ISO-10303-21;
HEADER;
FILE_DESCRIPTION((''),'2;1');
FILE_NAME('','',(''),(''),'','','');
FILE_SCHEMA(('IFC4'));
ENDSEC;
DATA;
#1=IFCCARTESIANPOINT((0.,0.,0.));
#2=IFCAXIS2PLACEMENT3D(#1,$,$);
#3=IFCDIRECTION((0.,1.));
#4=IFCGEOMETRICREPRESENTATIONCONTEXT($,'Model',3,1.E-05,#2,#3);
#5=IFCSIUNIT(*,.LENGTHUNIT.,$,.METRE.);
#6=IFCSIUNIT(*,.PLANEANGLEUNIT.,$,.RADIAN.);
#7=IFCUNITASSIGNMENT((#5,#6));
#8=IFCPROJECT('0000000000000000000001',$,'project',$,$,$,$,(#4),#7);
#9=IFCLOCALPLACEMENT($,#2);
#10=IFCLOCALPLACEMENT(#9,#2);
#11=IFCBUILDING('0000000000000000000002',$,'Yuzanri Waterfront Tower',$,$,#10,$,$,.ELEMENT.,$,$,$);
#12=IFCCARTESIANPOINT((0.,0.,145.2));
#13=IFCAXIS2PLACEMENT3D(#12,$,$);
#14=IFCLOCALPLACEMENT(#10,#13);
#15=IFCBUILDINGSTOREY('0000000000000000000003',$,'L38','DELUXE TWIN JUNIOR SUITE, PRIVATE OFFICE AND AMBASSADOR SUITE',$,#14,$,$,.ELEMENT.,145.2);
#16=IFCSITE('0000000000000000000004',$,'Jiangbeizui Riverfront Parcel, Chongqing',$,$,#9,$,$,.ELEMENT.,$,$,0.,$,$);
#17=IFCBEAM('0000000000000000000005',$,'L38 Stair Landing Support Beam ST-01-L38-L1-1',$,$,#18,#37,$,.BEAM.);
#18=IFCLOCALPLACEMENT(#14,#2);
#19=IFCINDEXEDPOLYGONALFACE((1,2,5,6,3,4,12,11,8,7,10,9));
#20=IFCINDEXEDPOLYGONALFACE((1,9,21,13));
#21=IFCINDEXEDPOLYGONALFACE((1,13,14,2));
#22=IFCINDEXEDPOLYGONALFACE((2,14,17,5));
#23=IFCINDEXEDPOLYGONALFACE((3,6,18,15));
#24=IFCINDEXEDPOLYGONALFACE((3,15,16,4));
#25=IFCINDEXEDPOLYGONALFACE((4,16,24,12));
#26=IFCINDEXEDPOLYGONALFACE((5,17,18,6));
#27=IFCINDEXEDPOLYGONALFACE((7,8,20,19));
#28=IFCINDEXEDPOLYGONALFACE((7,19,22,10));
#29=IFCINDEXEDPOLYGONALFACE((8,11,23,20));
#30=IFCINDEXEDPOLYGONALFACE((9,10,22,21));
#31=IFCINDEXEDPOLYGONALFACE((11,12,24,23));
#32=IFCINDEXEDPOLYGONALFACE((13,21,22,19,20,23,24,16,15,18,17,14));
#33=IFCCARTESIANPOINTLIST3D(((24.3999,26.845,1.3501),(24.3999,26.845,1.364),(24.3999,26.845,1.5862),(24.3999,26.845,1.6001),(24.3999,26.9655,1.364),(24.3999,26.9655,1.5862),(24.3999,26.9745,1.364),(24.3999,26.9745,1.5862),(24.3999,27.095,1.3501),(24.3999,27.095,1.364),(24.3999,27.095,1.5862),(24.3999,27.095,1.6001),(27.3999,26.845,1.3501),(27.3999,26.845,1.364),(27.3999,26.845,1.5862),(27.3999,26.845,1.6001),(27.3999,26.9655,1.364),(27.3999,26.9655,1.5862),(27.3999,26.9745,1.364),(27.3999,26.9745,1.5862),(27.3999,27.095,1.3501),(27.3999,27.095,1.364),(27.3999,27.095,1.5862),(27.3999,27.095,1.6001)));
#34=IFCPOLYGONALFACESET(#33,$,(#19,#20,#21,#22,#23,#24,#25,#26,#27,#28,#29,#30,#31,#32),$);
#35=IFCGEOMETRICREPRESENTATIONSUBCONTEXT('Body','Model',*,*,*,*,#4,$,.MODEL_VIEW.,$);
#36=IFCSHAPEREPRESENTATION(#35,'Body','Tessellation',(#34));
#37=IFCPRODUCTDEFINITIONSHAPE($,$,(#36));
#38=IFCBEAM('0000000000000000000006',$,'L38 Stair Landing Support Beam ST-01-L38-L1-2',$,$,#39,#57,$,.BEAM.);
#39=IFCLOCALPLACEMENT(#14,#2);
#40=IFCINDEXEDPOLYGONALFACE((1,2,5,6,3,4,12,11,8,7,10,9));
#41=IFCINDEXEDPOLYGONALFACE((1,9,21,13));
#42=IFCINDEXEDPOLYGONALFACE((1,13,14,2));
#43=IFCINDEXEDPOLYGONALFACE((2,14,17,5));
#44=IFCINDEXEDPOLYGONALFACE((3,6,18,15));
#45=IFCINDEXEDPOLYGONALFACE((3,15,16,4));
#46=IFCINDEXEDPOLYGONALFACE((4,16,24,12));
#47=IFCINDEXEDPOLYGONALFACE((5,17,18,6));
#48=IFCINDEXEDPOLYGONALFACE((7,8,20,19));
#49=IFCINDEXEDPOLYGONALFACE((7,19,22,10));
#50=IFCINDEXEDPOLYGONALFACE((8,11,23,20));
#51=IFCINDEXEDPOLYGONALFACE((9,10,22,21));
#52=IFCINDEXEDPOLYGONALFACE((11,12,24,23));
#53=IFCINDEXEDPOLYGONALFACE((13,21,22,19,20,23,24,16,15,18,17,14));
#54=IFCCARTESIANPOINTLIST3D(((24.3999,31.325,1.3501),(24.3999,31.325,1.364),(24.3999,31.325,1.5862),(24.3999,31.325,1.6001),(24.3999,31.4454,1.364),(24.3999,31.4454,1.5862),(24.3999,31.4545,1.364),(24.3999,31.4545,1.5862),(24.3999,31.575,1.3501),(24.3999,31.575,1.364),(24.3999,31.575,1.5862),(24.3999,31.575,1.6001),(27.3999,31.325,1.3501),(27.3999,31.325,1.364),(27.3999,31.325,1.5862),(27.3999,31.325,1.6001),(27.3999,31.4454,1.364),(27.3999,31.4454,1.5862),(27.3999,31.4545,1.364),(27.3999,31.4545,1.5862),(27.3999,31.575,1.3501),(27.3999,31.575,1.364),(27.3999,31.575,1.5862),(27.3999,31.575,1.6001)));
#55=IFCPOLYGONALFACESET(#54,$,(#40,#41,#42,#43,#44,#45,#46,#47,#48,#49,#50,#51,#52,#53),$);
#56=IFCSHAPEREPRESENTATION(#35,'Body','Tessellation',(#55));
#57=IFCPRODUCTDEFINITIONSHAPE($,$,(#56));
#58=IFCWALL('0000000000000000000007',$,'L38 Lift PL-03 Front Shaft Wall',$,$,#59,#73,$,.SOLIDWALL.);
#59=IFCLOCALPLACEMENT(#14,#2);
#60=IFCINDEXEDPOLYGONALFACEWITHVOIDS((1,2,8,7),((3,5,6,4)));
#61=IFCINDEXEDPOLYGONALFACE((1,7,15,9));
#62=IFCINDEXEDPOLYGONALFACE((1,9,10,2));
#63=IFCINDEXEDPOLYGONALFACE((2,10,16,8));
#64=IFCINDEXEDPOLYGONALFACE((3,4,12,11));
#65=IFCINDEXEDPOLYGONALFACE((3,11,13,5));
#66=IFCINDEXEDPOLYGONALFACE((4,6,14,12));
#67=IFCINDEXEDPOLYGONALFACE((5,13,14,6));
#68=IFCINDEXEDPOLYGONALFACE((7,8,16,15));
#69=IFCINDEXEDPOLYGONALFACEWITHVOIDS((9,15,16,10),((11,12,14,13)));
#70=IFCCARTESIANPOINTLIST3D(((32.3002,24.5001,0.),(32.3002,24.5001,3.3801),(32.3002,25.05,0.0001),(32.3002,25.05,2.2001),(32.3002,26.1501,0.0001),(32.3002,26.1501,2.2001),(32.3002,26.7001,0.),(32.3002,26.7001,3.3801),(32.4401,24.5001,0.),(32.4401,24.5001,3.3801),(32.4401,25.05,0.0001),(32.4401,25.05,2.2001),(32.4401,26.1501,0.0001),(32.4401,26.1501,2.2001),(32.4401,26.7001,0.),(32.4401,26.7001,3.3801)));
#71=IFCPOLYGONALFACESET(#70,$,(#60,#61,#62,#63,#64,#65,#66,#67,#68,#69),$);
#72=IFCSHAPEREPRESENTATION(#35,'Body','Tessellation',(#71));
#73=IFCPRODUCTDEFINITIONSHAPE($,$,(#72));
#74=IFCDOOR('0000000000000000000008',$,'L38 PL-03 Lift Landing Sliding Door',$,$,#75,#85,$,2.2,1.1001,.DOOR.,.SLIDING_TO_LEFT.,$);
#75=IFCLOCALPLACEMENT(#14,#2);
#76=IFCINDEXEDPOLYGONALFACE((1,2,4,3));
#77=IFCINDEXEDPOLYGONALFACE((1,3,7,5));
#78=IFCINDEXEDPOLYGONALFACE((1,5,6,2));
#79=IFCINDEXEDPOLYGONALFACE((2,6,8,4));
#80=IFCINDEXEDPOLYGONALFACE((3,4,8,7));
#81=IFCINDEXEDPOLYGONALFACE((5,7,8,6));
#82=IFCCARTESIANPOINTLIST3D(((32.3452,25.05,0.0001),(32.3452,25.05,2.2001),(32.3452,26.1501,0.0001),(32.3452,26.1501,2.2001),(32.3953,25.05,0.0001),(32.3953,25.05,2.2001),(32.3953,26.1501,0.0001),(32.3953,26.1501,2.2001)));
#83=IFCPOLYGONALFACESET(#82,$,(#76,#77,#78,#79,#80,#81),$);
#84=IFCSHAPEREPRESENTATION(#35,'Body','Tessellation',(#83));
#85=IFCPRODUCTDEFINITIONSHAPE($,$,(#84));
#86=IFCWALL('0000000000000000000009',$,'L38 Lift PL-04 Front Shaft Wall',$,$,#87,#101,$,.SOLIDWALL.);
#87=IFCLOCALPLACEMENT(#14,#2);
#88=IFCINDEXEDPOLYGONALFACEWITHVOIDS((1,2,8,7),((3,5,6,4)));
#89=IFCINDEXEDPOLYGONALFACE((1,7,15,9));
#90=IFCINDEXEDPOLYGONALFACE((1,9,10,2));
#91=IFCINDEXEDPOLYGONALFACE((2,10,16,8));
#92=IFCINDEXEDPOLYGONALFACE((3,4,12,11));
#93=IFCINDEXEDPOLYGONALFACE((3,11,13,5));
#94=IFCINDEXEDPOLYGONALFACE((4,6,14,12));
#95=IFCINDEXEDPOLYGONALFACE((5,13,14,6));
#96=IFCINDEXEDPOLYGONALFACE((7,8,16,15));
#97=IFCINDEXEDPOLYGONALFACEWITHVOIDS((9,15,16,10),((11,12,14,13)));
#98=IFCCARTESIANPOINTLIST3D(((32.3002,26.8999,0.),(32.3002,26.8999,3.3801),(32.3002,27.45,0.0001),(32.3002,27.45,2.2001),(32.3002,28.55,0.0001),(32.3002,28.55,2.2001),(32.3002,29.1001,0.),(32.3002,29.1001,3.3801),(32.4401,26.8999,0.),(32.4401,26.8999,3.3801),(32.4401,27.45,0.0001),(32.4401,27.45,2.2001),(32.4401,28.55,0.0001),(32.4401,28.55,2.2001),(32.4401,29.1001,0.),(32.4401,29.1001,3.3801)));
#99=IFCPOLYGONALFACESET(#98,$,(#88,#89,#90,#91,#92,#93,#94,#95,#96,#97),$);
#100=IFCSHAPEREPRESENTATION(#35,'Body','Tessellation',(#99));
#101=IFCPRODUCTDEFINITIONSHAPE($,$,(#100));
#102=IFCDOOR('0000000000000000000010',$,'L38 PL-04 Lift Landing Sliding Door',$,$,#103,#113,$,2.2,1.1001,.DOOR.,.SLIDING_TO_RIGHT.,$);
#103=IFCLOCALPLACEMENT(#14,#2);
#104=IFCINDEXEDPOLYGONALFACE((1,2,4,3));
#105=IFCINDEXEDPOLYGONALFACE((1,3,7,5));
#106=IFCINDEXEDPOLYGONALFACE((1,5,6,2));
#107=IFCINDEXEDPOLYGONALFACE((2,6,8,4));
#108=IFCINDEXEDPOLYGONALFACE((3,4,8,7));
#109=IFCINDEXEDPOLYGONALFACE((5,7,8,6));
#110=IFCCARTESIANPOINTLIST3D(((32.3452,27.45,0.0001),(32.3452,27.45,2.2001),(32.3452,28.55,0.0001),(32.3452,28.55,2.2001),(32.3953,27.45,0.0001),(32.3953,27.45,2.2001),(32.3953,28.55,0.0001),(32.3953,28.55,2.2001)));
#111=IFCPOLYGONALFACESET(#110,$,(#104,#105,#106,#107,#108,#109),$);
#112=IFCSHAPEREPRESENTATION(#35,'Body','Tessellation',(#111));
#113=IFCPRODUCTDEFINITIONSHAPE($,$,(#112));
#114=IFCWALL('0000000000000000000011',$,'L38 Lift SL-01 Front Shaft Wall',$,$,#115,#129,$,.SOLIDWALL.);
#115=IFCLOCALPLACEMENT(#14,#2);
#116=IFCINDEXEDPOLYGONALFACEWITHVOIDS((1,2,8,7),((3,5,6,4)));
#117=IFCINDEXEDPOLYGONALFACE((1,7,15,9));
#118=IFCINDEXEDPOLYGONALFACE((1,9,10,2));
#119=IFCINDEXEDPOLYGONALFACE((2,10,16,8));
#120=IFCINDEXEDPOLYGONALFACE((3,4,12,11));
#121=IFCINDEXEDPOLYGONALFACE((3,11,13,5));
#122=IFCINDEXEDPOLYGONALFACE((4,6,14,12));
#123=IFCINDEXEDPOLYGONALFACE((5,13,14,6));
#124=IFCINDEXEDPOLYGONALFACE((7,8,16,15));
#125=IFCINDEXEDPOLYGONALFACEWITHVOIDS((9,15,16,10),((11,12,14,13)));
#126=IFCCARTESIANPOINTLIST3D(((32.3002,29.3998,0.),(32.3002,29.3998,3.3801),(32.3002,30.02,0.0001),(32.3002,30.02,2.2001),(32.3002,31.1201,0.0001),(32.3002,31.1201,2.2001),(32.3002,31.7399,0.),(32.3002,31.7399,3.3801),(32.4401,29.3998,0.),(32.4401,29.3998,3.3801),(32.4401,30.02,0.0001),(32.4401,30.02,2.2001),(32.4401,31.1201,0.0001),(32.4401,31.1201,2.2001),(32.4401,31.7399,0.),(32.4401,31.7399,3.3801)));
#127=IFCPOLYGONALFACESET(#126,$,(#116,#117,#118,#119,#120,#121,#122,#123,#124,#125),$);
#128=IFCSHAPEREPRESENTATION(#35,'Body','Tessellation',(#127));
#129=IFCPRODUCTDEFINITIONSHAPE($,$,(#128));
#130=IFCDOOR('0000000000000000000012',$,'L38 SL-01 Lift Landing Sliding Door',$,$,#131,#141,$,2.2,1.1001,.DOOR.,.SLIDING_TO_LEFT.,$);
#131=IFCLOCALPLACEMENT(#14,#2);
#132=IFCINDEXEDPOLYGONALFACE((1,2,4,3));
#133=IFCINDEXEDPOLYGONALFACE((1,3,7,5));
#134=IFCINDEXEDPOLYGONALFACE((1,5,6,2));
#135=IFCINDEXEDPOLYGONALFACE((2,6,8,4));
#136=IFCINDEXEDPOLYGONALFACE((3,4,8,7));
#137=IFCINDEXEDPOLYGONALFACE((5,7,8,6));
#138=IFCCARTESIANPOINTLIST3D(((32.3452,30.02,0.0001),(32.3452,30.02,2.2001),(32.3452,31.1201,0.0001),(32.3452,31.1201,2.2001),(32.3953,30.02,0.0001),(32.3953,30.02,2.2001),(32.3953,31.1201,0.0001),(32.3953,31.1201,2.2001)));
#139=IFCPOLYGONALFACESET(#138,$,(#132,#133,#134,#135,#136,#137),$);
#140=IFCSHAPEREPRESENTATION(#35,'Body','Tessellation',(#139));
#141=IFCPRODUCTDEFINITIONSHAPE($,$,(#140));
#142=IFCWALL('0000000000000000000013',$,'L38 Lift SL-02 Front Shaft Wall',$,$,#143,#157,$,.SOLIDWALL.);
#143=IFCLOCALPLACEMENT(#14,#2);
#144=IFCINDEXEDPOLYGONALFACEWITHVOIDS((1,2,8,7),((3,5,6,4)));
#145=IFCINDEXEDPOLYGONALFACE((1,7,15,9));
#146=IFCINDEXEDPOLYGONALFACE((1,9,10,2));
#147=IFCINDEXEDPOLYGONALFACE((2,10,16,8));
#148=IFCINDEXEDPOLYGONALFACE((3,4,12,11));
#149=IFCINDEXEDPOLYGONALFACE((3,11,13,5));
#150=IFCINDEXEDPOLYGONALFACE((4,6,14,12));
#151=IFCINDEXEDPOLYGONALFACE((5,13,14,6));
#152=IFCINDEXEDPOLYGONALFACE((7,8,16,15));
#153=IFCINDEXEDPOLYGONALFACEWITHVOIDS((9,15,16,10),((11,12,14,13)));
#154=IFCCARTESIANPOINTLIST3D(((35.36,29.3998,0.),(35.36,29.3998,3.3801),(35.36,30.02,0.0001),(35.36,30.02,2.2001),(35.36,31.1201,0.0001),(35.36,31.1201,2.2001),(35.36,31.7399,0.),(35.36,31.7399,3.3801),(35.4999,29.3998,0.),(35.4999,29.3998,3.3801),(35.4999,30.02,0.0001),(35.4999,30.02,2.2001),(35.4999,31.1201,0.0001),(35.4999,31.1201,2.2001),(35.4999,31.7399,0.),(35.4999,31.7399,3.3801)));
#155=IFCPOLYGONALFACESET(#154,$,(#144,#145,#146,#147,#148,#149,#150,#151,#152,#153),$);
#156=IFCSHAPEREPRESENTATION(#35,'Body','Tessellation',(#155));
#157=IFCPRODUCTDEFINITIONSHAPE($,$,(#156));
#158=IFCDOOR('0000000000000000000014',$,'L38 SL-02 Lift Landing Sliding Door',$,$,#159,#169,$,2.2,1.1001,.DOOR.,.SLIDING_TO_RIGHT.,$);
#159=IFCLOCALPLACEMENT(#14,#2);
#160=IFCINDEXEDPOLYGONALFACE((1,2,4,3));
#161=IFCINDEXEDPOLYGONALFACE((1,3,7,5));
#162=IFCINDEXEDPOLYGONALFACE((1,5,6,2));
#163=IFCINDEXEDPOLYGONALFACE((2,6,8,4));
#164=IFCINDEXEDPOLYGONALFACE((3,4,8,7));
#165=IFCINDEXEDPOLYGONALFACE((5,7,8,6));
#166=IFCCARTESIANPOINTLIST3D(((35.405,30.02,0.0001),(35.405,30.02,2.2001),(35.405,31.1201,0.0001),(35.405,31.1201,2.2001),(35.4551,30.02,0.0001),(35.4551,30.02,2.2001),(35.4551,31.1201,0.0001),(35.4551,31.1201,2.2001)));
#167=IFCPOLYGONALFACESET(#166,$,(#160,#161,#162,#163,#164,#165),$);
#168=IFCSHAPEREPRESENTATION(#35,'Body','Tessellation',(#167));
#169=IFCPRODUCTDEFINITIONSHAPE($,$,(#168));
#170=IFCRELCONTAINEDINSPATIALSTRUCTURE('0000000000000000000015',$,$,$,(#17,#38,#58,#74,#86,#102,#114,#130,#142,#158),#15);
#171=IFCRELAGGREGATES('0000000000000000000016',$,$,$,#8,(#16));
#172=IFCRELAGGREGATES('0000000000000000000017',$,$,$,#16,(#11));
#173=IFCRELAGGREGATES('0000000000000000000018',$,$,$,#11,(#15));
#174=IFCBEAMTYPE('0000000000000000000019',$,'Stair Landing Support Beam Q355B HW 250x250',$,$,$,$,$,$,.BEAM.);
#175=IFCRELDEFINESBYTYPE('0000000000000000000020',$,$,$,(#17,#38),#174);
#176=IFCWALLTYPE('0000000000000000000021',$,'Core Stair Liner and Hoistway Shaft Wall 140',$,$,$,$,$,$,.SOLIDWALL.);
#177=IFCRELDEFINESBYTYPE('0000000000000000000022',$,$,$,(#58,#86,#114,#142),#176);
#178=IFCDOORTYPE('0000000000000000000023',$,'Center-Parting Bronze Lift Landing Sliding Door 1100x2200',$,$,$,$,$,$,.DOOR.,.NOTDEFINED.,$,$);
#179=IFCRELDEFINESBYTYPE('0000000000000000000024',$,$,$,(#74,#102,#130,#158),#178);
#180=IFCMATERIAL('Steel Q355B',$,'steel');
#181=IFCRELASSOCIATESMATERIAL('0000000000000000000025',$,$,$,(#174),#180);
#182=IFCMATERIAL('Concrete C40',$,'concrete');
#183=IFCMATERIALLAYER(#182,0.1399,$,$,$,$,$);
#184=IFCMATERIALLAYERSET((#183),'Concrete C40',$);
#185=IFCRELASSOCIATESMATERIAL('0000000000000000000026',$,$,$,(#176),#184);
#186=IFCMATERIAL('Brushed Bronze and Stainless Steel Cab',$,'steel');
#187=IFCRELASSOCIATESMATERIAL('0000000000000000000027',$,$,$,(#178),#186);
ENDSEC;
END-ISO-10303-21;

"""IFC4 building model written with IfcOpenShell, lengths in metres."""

from ifc_helpers import new_model, si_unit, direction, frame, frame_2d, origin, origin_2d, place, context, subcontext, project, spatial, rectangle, i_section, extrude, source, transform, mapped, material, layer, layer_set, material_profile, profile_set, type_object, element, fill, save


model = new_model("IFC4")

# Units and contexts
model_context = context("Model", 3, precision=1e-05, world=origin(), true_north=direction((0.0, 1.0)))
body_context = subcontext(model_context, "Body", "Model", "MODEL_VIEW")
ifc_project = project(units=[si_unit("LENGTHUNIT", "METRE"), si_unit("PLANEANGLEUNIT", "RADIAN")], contexts=[model_context])

# Site, building, storey
site_placement = place(None, origin())
site = spatial("IfcSite", under=ifc_project, at=site_placement, Name="Jiangbeizui Riverfront Parcel, Chongqing", CompositionType="ELEMENT", RefElevation=0.0)
building_placement = place(site_placement, origin())
building = spatial("IfcBuilding", under=site, at=building_placement, Name="Yuzanri Waterfront Tower", CompositionType="ELEMENT")
storey_placement = place(building_placement, frame((0.0, 0.0, 145.2)))
storey = spatial("IfcBuildingStorey", under=building, at=storey_placement, Name="L38", Description="DELUXE TWIN JUNIOR SUITE, PRIVATE OFFICE AND AMBASSADOR SUITE", CompositionType="ELEMENT", Elevation=145.2)

# Beams
ifc_material_1 = material(Name="Steel Q355B", Category="steel")
ifc_material_profile = material_profile(ifc_material_1, i_section(OverallWidth=0.25, OverallDepth=0.25, WebThickness=0.009, FlangeThickness=0.0139, at=origin_2d()), Name="HW 250x250x9x14")
ifc_profile_set = profile_set([ifc_material_profile], Name="Steel Q355B")
beam_type = type_object("IfcBeamType", Name="Stair Landing Support Beam Q355B HW 250x250", PredefinedType="BEAM", material=ifc_profile_set)
shared_shape_1 = source(origin(), body_context, "Body", "SweptSolid", [
    extrude(i_section(OverallWidth=0.25, OverallDepth=0.25, WebThickness=0.009, FlangeThickness=0.0139, at=origin_2d()), origin(), (0.0, 0.0, 1.0), 3.0),
])
for number, where, z_axis, x_axis, name in (
    (1, (24.3999, 26.97, 1.4751), (1.0, 0.0, 0.0), (0.0, 1.0, 0.0), "L38 Stair Landing Support Beam ST-01-L38-L1-1"),
    (2, (24.3999, 31.45, 1.4751), (1.0, 0.0, 0.0), (0.0, 1.0, 0.0), "L38 Stair Landing Support Beam ST-01-L38-L1-2"),
):
    element("IfcBeam", number, at=place(storey_placement, frame(where, z_axis=z_axis, x_axis=x_axis)), inside=storey, type_object=beam_type, Name=name, PredefinedType="BEAM", context=body_context, shape_type="MappedRepresentation", body=[
        mapped(shared_shape_1, transform((0.0, 0.0, 0.0), scale=1.0)),
    ])

# Walls, openings, doors
ifc_material_2 = material(Name="Concrete C40", Category="concrete")
ifc_layer_1 = layer(ifc_material_2, 0.1399)
ifc_layer_set_1 = layer_set([ifc_layer_1], Name="Concrete C40")
wall_type_1 = type_object("IfcWallType", Name="Core Stair Liner and Hoistway Shaft Wall 140", PredefinedType="SOLIDWALL", material=ifc_layer_set_1)
wall_1_placement = place(storey_placement, frame((32.3701, 24.5, 0.0), z_axis=(0.0, 0.0, 1.0), x_axis=(0.0, 1.0, 0.0)))
wall_1 = element("IfcWall", 3, at=wall_1_placement, inside=storey, type_object=wall_type_1, Name="L38 Lift PL-03 Front Shaft Wall", PredefinedType="SOLIDWALL", context=body_context, shape_type="SweptSolid", body=[
    extrude(rectangle(XDim=2.2, YDim=0.1399, at=frame_2d((1.1001, 0.0))), origin(), (0.0, 0.0, 1.0), 3.3801),
])
opening_1_placement = place(wall_1_placement, frame((0.55, 0.0, 0.0)))
opening_1 = element("IfcOpeningElement", 4, at=opening_1_placement, cuts=wall_1, PredefinedType="OPENING", context=body_context, shape_type="SweptSolid", body=[
    extrude(rectangle(XDim=1.1001, YDim=2.2, at=frame_2d((0.55, 1.1001))), frame((0.0, 0.085, 0.0), z_axis=(0.0, -1.0, 0.0), x_axis=(1.0, 0.0, 0.0)), (0.0, 0.0, 1.0), 0.1697),
])
ifc_material_3 = material(Name="Brushed Bronze and Stainless Steel Cab", Category="steel")
door_type_1 = type_object("IfcDoorType", Name="Center-Parting Bronze Lift Landing Sliding Door 1100x2200", OperationType="NOTDEFINED", PredefinedType="DOOR", material=ifc_material_3)
shared_shape_2 = source(origin(), body_context, "Body", "SweptSolid", [
    extrude(rectangle(XDim=1.1001, YDim=2.2, at=frame_2d((0.55, 1.1001))), frame((0.0, 0.0249, 0.0), z_axis=(0.0, -1.0, 0.0), x_axis=(1.0, 0.0, 0.0)), (0.0, 0.0, 1.0), 0.05),
])
door_1_placement = place(opening_1_placement, origin())
door_1 = element("IfcDoor", 5, at=door_1_placement, inside=storey, type_object=door_type_1, Name="L38 PL-03 Lift Landing Sliding Door", OperationType="SLIDING_TO_LEFT", OverallHeight=2.2, OverallWidth=1.1001, PredefinedType="DOOR", context=body_context, shape_type="MappedRepresentation", body=[
    mapped(shared_shape_2, transform((0.0, 0.0, 0.0), scale=1.0)),
])
fill(opening_1, door_1)
wall_2_placement = place(storey_placement, frame((32.3701, 26.8999, 0.0), z_axis=(0.0, 0.0, 1.0), x_axis=(0.0, 1.0, 0.0)))
wall_2 = element("IfcWall", 6, at=wall_2_placement, inside=storey, type_object=wall_type_1, Name="L38 Lift PL-04 Front Shaft Wall", PredefinedType="SOLIDWALL", context=body_context, shape_type="SweptSolid", body=[
    extrude(rectangle(XDim=2.2002, YDim=0.1399, at=frame_2d((1.1001, 0.0))), origin(), (0.0, 0.0, 1.0), 3.3801),
])
opening_2_placement = place(wall_2_placement, frame((0.55, 0.0, 0.0)))
opening_2 = element("IfcOpeningElement", 7, at=opening_2_placement, cuts=wall_2, PredefinedType="OPENING", context=body_context, shape_type="SweptSolid", body=[
    extrude(rectangle(XDim=1.1001, YDim=2.2, at=frame_2d((0.55, 1.1001))), frame((0.0, 0.085, 0.0), z_axis=(0.0, -1.0, 0.0), x_axis=(1.0, 0.0, 0.0)), (0.0, 0.0, 1.0), 0.1697),
])
door_2_placement = place(opening_2_placement, origin())
door_2 = element("IfcDoor", 8, at=door_2_placement, inside=storey, type_object=door_type_1, Name="L38 PL-04 Lift Landing Sliding Door", OperationType="SLIDING_TO_RIGHT", OverallHeight=2.2, OverallWidth=1.1001, PredefinedType="DOOR", context=body_context, shape_type="MappedRepresentation", body=[
    mapped(shared_shape_2, transform((0.0, 0.0, 0.0), scale=1.0)),
])
fill(opening_2, door_2)
wall_3_placement = place(storey_placement, frame((32.3701, 29.3999, 0.0), z_axis=(0.0, 0.0, 1.0), x_axis=(0.0, 1.0, 0.0)))
wall_3 = element("IfcWall", 9, at=wall_3_placement, inside=storey, type_object=wall_type_1, Name="L38 Lift SL-01 Front Shaft Wall", PredefinedType="SOLIDWALL", context=body_context, shape_type="SweptSolid", body=[
    extrude(rectangle(XDim=2.3401, YDim=0.1399, at=frame_2d((1.1699, 0.0))), origin(), (0.0, 0.0, 1.0), 3.3801),
])
opening_3_placement = place(wall_3_placement, frame((0.6201, 0.0, 0.0)))
opening_3 = element("IfcOpeningElement", 10, at=opening_3_placement, cuts=wall_3, PredefinedType="OPENING", context=body_context, shape_type="SweptSolid", body=[
    extrude(rectangle(XDim=1.1001, YDim=2.2, at=frame_2d((0.55, 1.1001))), frame((0.0, 0.085, 0.0), z_axis=(0.0, -1.0, 0.0), x_axis=(1.0, 0.0, 0.0)), (0.0, 0.0, 1.0), 0.1697),
])
door_3_placement = place(opening_3_placement, origin())
door_3 = element("IfcDoor", 11, at=door_3_placement, inside=storey, type_object=door_type_1, Name="L38 SL-01 Lift Landing Sliding Door", OperationType="SLIDING_TO_LEFT", OverallHeight=2.2, OverallWidth=1.1001, PredefinedType="DOOR", context=body_context, shape_type="MappedRepresentation", body=[
    mapped(shared_shape_2, transform((0.0, 0.0, 0.0), scale=1.0)),
])
fill(opening_3, door_3)
wall_4_placement = place(storey_placement, frame((35.4299, 29.3999, 0.0), z_axis=(0.0, 0.0, 1.0), x_axis=(0.0, 1.0, 0.0)))
wall_4 = element("IfcWall", 12, at=wall_4_placement, inside=storey, type_object=wall_type_1, Name="L38 Lift SL-02 Front Shaft Wall", PredefinedType="SOLIDWALL", context=body_context, shape_type="SweptSolid", body=[
    extrude(rectangle(XDim=2.3401, YDim=0.1399, at=frame_2d((1.1699, 0.0))), origin(), (0.0, 0.0, 1.0), 3.3801),
])
opening_4_placement = place(wall_4_placement, frame((0.6201, 0.0, 0.0)))
opening_4 = element("IfcOpeningElement", 13, at=opening_4_placement, cuts=wall_4, PredefinedType="OPENING", context=body_context, shape_type="SweptSolid", body=[
    extrude(rectangle(XDim=1.1001, YDim=2.2, at=frame_2d((0.55, 1.1001))), frame((0.0, 0.085, 0.0), z_axis=(0.0, -1.0, 0.0), x_axis=(1.0, 0.0, 0.0)), (0.0, 0.0, 1.0), 0.1697),
])
door_4_placement = place(opening_4_placement, origin())
door_4 = element("IfcDoor", 14, at=door_4_placement, inside=storey, type_object=door_type_1, Name="L38 SL-02 Lift Landing Sliding Door", OperationType="SLIDING_TO_RIGHT", OverallHeight=2.2, OverallWidth=1.1001, PredefinedType="DOOR", context=body_context, shape_type="MappedRepresentation", body=[
    mapped(shared_shape_2, transform((0.0, 0.0, 0.0), scale=1.0)),
])
fill(opening_4, door_4)

save(model, "model.ifc")
